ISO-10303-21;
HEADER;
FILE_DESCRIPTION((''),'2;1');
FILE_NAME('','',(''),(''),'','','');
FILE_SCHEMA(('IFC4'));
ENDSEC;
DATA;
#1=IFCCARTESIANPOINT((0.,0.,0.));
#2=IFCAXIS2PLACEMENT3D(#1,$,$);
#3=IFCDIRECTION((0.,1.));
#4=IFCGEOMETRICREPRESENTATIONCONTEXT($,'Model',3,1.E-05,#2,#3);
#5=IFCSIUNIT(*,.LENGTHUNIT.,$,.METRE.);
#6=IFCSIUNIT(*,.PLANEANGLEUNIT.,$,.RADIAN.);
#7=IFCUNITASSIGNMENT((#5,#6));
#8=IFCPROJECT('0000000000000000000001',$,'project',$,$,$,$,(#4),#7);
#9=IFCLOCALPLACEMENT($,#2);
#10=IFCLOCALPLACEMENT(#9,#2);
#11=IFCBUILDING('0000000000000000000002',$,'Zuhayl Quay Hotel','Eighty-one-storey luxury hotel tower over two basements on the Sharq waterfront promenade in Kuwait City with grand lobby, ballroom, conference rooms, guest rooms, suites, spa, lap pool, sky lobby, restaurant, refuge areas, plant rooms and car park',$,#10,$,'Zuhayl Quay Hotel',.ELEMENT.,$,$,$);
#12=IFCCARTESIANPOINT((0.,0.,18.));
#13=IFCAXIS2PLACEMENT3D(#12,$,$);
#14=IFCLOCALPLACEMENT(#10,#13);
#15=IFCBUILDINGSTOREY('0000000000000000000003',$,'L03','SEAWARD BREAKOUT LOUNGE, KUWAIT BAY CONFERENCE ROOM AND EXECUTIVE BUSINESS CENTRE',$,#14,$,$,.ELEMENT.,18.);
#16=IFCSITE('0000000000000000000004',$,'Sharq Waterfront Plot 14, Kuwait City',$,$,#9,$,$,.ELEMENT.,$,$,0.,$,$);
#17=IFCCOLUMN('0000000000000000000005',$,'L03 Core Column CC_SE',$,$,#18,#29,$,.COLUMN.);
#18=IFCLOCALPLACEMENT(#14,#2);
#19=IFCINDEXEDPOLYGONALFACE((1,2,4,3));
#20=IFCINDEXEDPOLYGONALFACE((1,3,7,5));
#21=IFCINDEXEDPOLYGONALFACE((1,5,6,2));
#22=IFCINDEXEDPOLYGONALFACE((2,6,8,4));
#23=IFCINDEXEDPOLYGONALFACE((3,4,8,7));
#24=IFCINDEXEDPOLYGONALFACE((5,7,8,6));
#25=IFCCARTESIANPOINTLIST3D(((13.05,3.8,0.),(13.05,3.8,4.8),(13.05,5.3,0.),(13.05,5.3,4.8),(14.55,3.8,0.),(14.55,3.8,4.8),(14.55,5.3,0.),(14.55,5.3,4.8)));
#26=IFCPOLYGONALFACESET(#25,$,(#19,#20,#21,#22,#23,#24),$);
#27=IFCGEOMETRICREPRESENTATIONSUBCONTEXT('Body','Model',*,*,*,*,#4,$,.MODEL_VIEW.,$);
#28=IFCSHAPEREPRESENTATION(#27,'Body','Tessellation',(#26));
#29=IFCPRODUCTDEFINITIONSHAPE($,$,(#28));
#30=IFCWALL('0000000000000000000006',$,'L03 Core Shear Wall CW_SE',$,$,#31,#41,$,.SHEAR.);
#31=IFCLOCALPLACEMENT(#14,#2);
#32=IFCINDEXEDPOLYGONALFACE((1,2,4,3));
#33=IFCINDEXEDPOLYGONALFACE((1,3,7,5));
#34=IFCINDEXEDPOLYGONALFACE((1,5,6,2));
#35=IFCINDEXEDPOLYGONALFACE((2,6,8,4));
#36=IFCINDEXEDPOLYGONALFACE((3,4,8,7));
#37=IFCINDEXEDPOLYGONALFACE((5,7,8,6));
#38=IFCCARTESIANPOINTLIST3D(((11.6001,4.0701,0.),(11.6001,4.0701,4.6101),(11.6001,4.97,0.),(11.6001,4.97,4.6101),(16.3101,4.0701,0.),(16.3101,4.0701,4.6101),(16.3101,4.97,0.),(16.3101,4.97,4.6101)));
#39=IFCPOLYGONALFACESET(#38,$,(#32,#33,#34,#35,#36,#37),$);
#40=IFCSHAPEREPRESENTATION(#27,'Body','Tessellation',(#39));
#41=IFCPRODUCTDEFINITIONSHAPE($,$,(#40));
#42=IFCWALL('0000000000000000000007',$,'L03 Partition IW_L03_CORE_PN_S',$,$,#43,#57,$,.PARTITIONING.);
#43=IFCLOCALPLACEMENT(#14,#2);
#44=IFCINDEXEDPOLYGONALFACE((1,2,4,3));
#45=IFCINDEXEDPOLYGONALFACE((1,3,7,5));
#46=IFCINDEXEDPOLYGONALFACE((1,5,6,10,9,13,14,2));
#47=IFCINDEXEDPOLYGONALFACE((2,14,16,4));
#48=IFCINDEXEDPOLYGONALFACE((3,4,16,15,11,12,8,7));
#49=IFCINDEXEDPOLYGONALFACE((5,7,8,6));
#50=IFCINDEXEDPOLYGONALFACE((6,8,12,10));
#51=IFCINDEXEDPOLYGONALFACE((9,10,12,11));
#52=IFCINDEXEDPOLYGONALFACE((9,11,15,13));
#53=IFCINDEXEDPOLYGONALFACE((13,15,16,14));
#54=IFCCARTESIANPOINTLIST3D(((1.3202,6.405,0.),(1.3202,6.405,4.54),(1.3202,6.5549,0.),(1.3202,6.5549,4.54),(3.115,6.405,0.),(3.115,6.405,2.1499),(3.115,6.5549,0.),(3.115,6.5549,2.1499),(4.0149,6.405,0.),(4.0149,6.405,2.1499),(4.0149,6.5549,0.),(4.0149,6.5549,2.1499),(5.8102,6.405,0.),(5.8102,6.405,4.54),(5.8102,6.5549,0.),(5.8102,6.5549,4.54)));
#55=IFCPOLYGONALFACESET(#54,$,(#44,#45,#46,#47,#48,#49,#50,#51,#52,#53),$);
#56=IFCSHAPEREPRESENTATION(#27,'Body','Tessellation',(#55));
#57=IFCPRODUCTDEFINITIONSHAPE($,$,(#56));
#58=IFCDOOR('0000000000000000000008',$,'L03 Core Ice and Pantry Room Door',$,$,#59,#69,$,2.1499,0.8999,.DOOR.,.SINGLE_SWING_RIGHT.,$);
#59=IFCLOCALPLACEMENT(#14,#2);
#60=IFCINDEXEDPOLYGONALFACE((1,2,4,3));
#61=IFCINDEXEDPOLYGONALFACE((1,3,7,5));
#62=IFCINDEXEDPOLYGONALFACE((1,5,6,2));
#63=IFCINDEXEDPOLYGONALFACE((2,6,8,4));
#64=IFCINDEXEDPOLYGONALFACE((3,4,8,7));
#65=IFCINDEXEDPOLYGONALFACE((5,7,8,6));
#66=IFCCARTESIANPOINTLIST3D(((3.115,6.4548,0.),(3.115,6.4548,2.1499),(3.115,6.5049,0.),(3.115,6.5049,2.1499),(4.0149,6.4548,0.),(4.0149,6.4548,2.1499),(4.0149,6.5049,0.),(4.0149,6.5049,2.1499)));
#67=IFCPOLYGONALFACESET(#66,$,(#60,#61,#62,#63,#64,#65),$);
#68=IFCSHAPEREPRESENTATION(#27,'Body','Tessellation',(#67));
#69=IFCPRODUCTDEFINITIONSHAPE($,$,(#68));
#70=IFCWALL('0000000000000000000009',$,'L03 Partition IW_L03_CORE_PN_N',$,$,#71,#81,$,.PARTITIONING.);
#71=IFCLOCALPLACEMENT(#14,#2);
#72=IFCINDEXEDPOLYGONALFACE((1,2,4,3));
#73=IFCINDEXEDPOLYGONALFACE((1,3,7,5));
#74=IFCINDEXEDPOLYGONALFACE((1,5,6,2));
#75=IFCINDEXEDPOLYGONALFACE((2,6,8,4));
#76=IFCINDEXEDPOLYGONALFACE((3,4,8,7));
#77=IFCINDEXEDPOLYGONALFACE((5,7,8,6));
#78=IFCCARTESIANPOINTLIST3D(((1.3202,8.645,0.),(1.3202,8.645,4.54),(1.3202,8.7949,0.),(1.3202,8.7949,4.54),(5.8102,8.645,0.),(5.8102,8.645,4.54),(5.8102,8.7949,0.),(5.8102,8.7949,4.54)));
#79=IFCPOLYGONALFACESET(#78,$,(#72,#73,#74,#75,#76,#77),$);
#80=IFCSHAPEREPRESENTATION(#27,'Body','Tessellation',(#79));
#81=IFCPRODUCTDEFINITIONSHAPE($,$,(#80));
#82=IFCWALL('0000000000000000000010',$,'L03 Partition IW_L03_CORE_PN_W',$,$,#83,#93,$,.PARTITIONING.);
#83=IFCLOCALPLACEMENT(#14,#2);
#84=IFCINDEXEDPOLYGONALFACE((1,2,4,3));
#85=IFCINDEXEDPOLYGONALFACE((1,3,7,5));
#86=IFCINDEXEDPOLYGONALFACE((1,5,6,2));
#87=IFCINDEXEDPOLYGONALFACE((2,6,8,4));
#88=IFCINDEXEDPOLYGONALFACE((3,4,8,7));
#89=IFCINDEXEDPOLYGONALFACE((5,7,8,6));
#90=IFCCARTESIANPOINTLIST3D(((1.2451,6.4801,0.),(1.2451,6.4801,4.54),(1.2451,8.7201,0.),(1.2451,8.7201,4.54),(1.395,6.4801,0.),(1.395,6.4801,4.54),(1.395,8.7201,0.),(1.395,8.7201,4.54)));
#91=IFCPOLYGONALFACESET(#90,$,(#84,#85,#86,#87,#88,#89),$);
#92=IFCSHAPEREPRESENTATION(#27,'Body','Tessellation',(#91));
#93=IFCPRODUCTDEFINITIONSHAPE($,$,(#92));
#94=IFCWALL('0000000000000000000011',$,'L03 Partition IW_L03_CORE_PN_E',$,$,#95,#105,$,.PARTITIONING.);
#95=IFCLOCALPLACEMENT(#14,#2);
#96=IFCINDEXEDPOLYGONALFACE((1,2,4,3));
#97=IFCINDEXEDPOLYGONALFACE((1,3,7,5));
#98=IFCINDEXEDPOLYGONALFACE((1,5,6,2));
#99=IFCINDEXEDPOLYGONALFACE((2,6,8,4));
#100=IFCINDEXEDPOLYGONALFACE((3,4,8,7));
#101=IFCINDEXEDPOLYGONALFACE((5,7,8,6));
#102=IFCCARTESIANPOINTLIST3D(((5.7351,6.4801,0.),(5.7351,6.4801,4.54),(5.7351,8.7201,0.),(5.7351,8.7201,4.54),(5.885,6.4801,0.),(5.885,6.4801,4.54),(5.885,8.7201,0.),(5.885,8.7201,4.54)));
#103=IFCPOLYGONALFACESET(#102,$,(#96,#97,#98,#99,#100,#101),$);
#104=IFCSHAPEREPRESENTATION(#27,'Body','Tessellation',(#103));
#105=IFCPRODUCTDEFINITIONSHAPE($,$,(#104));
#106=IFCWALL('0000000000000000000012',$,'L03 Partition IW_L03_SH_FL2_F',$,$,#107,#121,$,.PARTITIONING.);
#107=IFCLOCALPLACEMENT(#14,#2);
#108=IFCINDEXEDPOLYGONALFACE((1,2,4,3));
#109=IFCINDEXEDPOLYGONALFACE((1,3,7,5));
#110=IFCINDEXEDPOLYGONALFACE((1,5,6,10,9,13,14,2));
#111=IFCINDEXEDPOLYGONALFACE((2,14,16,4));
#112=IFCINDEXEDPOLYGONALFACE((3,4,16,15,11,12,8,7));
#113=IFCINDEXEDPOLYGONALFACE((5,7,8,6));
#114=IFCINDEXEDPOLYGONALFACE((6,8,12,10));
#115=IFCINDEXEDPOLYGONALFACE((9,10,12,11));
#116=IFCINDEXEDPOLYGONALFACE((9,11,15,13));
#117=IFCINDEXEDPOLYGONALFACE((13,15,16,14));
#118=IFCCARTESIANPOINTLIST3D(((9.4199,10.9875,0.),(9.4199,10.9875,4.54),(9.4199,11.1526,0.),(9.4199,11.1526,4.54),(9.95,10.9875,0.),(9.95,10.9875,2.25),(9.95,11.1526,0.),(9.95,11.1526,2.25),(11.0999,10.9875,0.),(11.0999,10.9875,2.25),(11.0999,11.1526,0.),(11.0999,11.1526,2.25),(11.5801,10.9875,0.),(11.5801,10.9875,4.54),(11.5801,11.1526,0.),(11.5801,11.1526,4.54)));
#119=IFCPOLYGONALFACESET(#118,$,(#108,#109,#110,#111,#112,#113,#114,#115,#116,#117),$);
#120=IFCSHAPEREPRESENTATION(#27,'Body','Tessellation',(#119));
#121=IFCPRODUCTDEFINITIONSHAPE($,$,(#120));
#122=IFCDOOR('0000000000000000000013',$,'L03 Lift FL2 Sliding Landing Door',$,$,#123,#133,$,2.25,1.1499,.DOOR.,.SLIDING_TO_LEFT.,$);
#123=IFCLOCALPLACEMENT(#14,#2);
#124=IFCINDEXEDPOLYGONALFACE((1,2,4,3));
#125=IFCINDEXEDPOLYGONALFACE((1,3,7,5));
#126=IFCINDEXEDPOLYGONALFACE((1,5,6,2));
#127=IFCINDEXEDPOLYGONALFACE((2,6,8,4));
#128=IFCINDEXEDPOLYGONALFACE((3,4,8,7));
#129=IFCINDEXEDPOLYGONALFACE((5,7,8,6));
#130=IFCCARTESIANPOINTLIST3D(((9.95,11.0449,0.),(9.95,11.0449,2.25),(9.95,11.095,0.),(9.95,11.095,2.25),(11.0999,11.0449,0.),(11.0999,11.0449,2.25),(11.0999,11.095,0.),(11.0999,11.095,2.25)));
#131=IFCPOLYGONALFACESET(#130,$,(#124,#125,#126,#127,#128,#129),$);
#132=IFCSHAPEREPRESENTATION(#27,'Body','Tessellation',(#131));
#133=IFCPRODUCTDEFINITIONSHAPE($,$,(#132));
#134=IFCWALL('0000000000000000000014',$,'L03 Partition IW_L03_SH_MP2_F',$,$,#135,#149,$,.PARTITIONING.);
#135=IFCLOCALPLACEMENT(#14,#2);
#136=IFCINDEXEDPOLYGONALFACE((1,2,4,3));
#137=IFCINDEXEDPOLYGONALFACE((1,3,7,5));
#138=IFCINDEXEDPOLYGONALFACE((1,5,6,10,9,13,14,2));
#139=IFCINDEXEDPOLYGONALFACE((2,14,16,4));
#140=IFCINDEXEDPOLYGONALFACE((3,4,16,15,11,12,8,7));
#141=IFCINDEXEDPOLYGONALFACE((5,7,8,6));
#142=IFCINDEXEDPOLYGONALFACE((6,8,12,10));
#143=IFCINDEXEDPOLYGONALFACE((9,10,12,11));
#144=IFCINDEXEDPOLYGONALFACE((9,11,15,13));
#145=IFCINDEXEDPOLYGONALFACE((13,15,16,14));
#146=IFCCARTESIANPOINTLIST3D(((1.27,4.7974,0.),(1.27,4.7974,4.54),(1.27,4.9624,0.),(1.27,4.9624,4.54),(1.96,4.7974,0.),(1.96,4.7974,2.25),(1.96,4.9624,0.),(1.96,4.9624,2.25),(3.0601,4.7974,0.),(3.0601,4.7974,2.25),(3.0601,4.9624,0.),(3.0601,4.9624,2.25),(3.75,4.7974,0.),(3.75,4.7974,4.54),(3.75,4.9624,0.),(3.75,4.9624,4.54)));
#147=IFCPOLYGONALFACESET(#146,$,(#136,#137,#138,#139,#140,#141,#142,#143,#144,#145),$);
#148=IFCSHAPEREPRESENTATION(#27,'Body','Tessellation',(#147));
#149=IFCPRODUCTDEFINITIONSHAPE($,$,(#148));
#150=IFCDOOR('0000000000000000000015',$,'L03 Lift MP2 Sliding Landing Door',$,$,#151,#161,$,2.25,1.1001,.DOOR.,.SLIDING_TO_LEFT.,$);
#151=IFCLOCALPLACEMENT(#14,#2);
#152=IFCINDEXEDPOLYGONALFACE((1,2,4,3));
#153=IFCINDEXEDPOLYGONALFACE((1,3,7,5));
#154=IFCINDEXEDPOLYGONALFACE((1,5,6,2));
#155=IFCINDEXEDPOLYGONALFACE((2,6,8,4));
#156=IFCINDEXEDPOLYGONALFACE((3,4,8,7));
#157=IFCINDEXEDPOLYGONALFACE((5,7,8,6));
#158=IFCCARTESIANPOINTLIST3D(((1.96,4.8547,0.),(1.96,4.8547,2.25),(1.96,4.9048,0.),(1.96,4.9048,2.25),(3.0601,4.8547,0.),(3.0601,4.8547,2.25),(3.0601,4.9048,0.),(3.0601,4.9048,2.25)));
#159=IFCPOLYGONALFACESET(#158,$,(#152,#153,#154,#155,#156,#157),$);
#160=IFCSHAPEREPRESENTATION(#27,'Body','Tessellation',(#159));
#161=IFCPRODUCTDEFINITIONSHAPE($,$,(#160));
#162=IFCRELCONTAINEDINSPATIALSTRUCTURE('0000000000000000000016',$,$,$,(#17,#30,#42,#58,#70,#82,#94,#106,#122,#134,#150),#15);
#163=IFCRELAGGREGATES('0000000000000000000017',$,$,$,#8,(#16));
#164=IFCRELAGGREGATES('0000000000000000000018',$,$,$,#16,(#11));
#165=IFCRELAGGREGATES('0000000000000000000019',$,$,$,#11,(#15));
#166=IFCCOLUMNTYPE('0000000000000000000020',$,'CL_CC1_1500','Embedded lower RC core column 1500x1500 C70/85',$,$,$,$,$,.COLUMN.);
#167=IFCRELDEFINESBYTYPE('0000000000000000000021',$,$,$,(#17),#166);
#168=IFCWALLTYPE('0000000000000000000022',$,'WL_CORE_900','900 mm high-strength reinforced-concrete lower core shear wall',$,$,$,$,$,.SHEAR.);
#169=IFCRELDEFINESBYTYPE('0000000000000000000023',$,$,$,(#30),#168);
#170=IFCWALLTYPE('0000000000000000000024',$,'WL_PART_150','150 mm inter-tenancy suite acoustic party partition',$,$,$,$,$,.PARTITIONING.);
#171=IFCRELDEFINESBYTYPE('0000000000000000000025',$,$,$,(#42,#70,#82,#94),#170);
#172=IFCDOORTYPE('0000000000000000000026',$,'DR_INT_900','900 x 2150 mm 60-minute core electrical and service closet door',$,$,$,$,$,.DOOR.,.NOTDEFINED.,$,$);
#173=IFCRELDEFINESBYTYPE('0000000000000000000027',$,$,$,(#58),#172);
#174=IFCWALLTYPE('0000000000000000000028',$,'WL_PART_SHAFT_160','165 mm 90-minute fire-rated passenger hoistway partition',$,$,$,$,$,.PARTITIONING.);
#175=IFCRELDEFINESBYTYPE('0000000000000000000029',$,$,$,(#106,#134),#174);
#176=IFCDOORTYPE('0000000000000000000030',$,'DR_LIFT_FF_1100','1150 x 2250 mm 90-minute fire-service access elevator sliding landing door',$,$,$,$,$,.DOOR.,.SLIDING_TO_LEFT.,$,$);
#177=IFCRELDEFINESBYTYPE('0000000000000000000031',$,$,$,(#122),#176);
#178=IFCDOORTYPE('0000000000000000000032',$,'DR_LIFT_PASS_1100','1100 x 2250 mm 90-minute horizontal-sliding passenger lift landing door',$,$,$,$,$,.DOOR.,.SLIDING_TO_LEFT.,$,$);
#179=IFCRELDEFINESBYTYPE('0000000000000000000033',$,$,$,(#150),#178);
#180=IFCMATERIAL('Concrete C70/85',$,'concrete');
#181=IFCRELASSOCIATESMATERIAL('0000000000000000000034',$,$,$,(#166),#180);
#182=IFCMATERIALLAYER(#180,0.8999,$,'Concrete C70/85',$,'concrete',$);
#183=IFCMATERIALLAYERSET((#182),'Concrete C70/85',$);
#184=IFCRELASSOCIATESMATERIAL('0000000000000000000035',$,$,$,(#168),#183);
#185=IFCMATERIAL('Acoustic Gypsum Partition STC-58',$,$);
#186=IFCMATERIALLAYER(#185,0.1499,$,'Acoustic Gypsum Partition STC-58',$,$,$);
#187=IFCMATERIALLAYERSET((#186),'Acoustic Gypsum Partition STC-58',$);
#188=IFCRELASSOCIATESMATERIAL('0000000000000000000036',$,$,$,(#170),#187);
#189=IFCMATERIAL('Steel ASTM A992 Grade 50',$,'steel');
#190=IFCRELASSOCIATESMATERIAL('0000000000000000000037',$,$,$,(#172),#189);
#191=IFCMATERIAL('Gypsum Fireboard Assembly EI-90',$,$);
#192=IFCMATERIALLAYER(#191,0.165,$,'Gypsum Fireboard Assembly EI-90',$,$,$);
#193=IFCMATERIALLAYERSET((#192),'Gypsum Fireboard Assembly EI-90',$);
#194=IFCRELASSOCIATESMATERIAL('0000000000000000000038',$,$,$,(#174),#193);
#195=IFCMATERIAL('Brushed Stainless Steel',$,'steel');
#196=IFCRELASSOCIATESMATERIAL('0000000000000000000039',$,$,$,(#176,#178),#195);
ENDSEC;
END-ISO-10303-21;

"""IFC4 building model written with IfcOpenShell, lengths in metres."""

from ifc_helpers import new_model, si_unit, direction, frame, frame_2d, origin, origin_2d, place, context, subcontext, project, spatial, rectangle, extrude, material, layer, layer_set, material_profile, profile_set, type_object, element, fill, save


model = new_model("IFC4")

# Units and contexts
model_context = context("Model", 3, precision=1e-05, world=origin(), true_north=direction((0.0, 1.0)))
body_context = subcontext(model_context, "Body", "Model", "MODEL_VIEW")
ifc_project = project(units=[si_unit("LENGTHUNIT", "METRE"), si_unit("PLANEANGLEUNIT", "RADIAN")], contexts=[model_context])

# Site, building, storey
site_placement = place(None, origin())
site = spatial("IfcSite", under=ifc_project, at=site_placement, Name="Sharq Waterfront Plot 14, Kuwait City", CompositionType="ELEMENT", RefElevation=0.0)
building_placement = place(site_placement, origin())
building = spatial("IfcBuilding", under=site, at=building_placement, Name="Zuhayl Quay Hotel", Description="Eighty-one-storey luxury hotel tower over two basements on the Sharq waterfront promenade in Kuwait City with grand lobby, ballroom, conference rooms, guest rooms, suites, spa, lap pool, sky lobby, restaurant, refuge areas, plant rooms and car park", LongName="Zuhayl Quay Hotel", CompositionType="ELEMENT")
storey_placement = place(building_placement, frame((0.0, 0.0, 18.0)))
storey = spatial("IfcBuildingStorey", under=building, at=storey_placement, Name="L03", Description="SEAWARD BREAKOUT LOUNGE, KUWAIT BAY CONFERENCE ROOM AND EXECUTIVE BUSINESS CENTRE", CompositionType="ELEMENT", Elevation=18.0)

# Column
ifc_material_1 = material(Name="Concrete C70/85", Category="concrete")
ifc_material_profile = material_profile(ifc_material_1, rectangle(XDim=1.5, YDim=1.5, at=origin_2d()), Name="RC1500X1500")
ifc_profile_set = profile_set([ifc_material_profile], Name="Concrete C70/85")
column_type = type_object("IfcColumnType", Name="CL_CC1_1500", Description="Embedded lower RC core column 1500x1500 C70/85", PredefinedType="COLUMN", material=ifc_profile_set)
column_placement = place(storey_placement, frame((13.8, 4.55, 0.0), z_axis=(0.0, 0.0, 1.0), x_axis=(1.0, 0.0, 0.0)))
element("IfcColumn", 1, at=column_placement, inside=storey, type_object=column_type, Name="L03 Core Column CC_SE", PredefinedType="COLUMN", context=body_context, shape_type="SweptSolid", body=[
    extrude(rectangle(XDim=1.5, YDim=1.5, at=origin_2d()), origin(), (0.0, 0.0, 1.0), 4.8),
])

# Wall
ifc_layer_1 = layer(ifc_material_1, 0.8999, Name="Concrete C70/85", Category="concrete")
ifc_layer_set_1 = layer_set([ifc_layer_1], Name="Concrete C70/85")
wall_type_1 = type_object("IfcWallType", Name="WL_CORE_900", Description="900 mm high-strength reinforced-concrete lower core shear wall", PredefinedType="SHEAR", material=ifc_layer_set_1)
wall_1_placement = place(storey_placement, frame((11.6001, 4.52, 0.0), z_axis=(0.0, 0.0, 1.0), x_axis=(1.0, 0.0, 0.0)))
element("IfcWall", 2, at=wall_1_placement, inside=storey, type_object=wall_type_1, Name="L03 Core Shear Wall CW_SE", PredefinedType="SHEAR", context=body_context, shape_type="SweptSolid", body=[
    extrude(rectangle(XDim=4.71, YDim=0.8999, at=frame_2d((2.355, 0.0))), origin(), (0.0, 0.0, 1.0), 4.6101),
])

# Wall, opening, door
ifc_material_2 = material(Name="Acoustic Gypsum Partition STC-58")
ifc_layer_2 = layer(ifc_material_2, 0.1499, Name="Acoustic Gypsum Partition STC-58")
ifc_layer_set_2 = layer_set([ifc_layer_2], Name="Acoustic Gypsum Partition STC-58")
wall_type_2 = type_object("IfcWallType", Name="WL_PART_150", Description="150 mm inter-tenancy suite acoustic party partition", PredefinedType="PARTITIONING", material=ifc_layer_set_2)
wall_2_placement = place(storey_placement, frame((1.3201, 6.48, 0.0), z_axis=(0.0, 0.0, 1.0), x_axis=(1.0, 0.0, 0.0)))
wall_2 = element("IfcWall", 3, at=wall_2_placement, inside=storey, type_object=wall_type_2, Name="L03 Partition IW_L03_CORE_PN_S", PredefinedType="PARTITIONING", context=body_context, shape_type="SweptSolid", body=[
    extrude(rectangle(XDim=4.49, YDim=0.1499, at=frame_2d((2.2451, 0.0))), origin(), (0.0, 0.0, 1.0), 4.54),
])
opening_1_placement = place(wall_2_placement, frame((1.7949, 0.0, 0.0)))
opening_1 = element("IfcOpeningElement", 4, at=opening_1_placement, cuts=wall_2, PredefinedType="OPENING", context=body_context, shape_type="SweptSolid", body=[
    extrude(rectangle(XDim=0.8999, YDim=2.1499, at=frame_2d((0.45, 1.075))), frame((0.0, 0.085, 0.0), z_axis=(0.0, -1.0, 0.0), x_axis=(1.0, 0.0, 0.0)), (0.0, 0.0, 1.0), 0.1699),
])
ifc_material_3 = material(Name="Steel ASTM A992 Grade 50", Category="steel")
door_type_1 = type_object("IfcDoorType", Name="DR_INT_900", Description="900 x 2150 mm 60-minute core electrical and service closet door", OperationType="NOTDEFINED", PredefinedType="DOOR", material=ifc_material_3)
door_1_placement = place(opening_1_placement, origin())
door_1 = element("IfcDoor", 5, at=door_1_placement, inside=storey, type_object=door_type_1, Name="L03 Core Ice and Pantry Room Door", OperationType="SINGLE_SWING_RIGHT", OverallHeight=2.1499, OverallWidth=0.8999, PredefinedType="DOOR", context=body_context, shape_type="SweptSolid", body=[
    extrude(rectangle(XDim=0.8999, YDim=2.1499, at=frame_2d((0.45, 1.075))), frame((0.0, 0.0249, 0.0), z_axis=(0.0, -1.0, 0.0), x_axis=(1.0, 0.0, 0.0)), (0.0, 0.0, 1.0), 0.05),
])
fill(opening_1, door_1)

# Walls
wall_3_placement = place(storey_placement, frame((1.3201, 8.72, 0.0), z_axis=(0.0, 0.0, 1.0), x_axis=(1.0, 0.0, 0.0)))
element("IfcWall", 6, at=wall_3_placement, inside=storey, type_object=wall_type_2, Name="L03 Partition IW_L03_CORE_PN_N", PredefinedType="PARTITIONING", context=body_context, shape_type="SweptSolid", body=[
    extrude(rectangle(XDim=4.49, YDim=0.1499, at=frame_2d((2.2451, 0.0))), origin(), (0.0, 0.0, 1.0), 4.54),
])
for number, where, z_axis, x_axis, name in (
    (7, (1.3201, 6.48, 0.0), (0.0, 0.0, 1.0), (0.0, 1.0, 0.0), "L03 Partition IW_L03_CORE_PN_W"),
    (8, (5.8101, 6.48, 0.0), (0.0, 0.0, 1.0), (0.0, 1.0, 0.0), "L03 Partition IW_L03_CORE_PN_E"),
):
    element("IfcWall", number, at=place(storey_placement, frame(where, z_axis=z_axis, x_axis=x_axis)), inside=storey, type_object=wall_type_2, Name=name, PredefinedType="PARTITIONING", context=body_context, shape_type="SweptSolid", body=[
        extrude(rectangle(XDim=2.24, YDim=0.1499, at=frame_2d((1.1201, 0.0))), origin(), (0.0, 0.0, 1.0), 4.54),
    ])

# Walls, openings, doors
ifc_material_4 = material(Name="Gypsum Fireboard Assembly EI-90")
ifc_layer_3 = layer(ifc_material_4, 0.165, Name="Gypsum Fireboard Assembly EI-90")
ifc_layer_set_3 = layer_set([ifc_layer_3], Name="Gypsum Fireboard Assembly EI-90")
wall_type_3 = type_object("IfcWallType", Name="WL_PART_SHAFT_160", Description="165 mm 90-minute fire-rated passenger hoistway partition", PredefinedType="PARTITIONING", material=ifc_layer_set_3)
wall_4_placement = place(storey_placement, frame((9.4199, 11.0701, 0.0), z_axis=(0.0, 0.0, 1.0), x_axis=(1.0, 0.0, 0.0)))
wall_4 = element("IfcWall", 9, at=wall_4_placement, inside=storey, type_object=wall_type_3, Name="L03 Partition IW_L03_SH_FL2_F", PredefinedType="PARTITIONING", context=body_context, shape_type="SweptSolid", body=[
    extrude(rectangle(XDim=2.1602, YDim=0.165, at=frame_2d((1.0801, 0.0))), origin(), (0.0, 0.0, 1.0), 4.54),
])
opening_2_placement = place(wall_4_placement, frame((0.53, 0.0, 0.0)))
opening_2 = element("IfcOpeningElement", 10, at=opening_2_placement, cuts=wall_4, PredefinedType="OPENING", context=body_context, shape_type="SweptSolid", body=[
    extrude(rectangle(XDim=1.1499, YDim=2.25, at=frame_2d((0.575, 1.125))), frame((0.0, 0.0925, 0.0), z_axis=(0.0, -1.0, 0.0), x_axis=(1.0, 0.0, 0.0)), (0.0, 0.0, 1.0), 0.1851),
])
ifc_material_5 = material(Name="Brushed Stainless Steel", Category="steel")
door_type_2 = type_object("IfcDoorType", Name="DR_LIFT_FF_1100", Description="1150 x 2250 mm 90-minute fire-service access elevator sliding landing door", OperationType="SLIDING_TO_LEFT", PredefinedType="DOOR", material=ifc_material_5)
door_2_placement = place(opening_2_placement, origin())
door_2 = element("IfcDoor", 11, at=door_2_placement, inside=storey, type_object=door_type_2, Name="L03 Lift FL2 Sliding Landing Door", OperationType="SLIDING_TO_LEFT", OverallHeight=2.25, OverallWidth=1.1499, PredefinedType="DOOR", context=body_context, shape_type="SweptSolid", body=[
    extrude(rectangle(XDim=1.1499, YDim=2.25, at=frame_2d((0.575, 1.125))), frame((0.0, 0.0249, 0.0), z_axis=(0.0, -1.0, 0.0), x_axis=(1.0, 0.0, 0.0)), (0.0, 0.0, 1.0), 0.05),
])
fill(opening_2, door_2)
wall_5_placement = place(storey_placement, frame((1.27, 4.8799, 0.0), z_axis=(0.0, 0.0, 1.0), x_axis=(1.0, 0.0, 0.0)))
wall_5 = element("IfcWall", 12, at=wall_5_placement, inside=storey, type_object=wall_type_3, Name="L03 Partition IW_L03_SH_MP2_F", PredefinedType="PARTITIONING", context=body_context, shape_type="SweptSolid", body=[
    extrude(rectangle(XDim=2.48, YDim=0.165, at=frame_2d((1.24, 0.0))), origin(), (0.0, 0.0, 1.0), 4.54),
])
opening_3_placement = place(wall_5_placement, frame((0.6899, 0.0, 0.0)))
opening_3 = element("IfcOpeningElement", 13, at=opening_3_placement, cuts=wall_5, PredefinedType="OPENING", context=body_context, shape_type="SweptSolid", body=[
    extrude(rectangle(XDim=1.1001, YDim=2.25, at=frame_2d((0.55, 1.125))), frame((0.0, 0.0925, 0.0), z_axis=(0.0, -1.0, 0.0), x_axis=(1.0, 0.0, 0.0)), (0.0, 0.0, 1.0), 0.1851),
])
door_type_3 = type_object("IfcDoorType", Name="DR_LIFT_PASS_1100", Description="1100 x 2250 mm 90-minute horizontal-sliding passenger lift landing door", OperationType="SLIDING_TO_LEFT", PredefinedType="DOOR", material=ifc_material_5)
door_3_placement = place(opening_3_placement, origin())
door_3 = element("IfcDoor", 14, at=door_3_placement, inside=storey, type_object=door_type_3, Name="L03 Lift MP2 Sliding Landing Door", OperationType="SLIDING_TO_LEFT", OverallHeight=2.25, OverallWidth=1.1001, PredefinedType="DOOR", context=body_context, shape_type="SweptSolid", body=[
    extrude(rectangle(XDim=1.1001, YDim=2.25, at=frame_2d((0.55, 1.125))), frame((0.0, 0.0249, 0.0), z_axis=(0.0, -1.0, 0.0), x_axis=(1.0, 0.0, 0.0)), (0.0, 0.0, 1.0), 0.05),
])
fill(opening_3, door_3)

save(model, "model.ifc")
